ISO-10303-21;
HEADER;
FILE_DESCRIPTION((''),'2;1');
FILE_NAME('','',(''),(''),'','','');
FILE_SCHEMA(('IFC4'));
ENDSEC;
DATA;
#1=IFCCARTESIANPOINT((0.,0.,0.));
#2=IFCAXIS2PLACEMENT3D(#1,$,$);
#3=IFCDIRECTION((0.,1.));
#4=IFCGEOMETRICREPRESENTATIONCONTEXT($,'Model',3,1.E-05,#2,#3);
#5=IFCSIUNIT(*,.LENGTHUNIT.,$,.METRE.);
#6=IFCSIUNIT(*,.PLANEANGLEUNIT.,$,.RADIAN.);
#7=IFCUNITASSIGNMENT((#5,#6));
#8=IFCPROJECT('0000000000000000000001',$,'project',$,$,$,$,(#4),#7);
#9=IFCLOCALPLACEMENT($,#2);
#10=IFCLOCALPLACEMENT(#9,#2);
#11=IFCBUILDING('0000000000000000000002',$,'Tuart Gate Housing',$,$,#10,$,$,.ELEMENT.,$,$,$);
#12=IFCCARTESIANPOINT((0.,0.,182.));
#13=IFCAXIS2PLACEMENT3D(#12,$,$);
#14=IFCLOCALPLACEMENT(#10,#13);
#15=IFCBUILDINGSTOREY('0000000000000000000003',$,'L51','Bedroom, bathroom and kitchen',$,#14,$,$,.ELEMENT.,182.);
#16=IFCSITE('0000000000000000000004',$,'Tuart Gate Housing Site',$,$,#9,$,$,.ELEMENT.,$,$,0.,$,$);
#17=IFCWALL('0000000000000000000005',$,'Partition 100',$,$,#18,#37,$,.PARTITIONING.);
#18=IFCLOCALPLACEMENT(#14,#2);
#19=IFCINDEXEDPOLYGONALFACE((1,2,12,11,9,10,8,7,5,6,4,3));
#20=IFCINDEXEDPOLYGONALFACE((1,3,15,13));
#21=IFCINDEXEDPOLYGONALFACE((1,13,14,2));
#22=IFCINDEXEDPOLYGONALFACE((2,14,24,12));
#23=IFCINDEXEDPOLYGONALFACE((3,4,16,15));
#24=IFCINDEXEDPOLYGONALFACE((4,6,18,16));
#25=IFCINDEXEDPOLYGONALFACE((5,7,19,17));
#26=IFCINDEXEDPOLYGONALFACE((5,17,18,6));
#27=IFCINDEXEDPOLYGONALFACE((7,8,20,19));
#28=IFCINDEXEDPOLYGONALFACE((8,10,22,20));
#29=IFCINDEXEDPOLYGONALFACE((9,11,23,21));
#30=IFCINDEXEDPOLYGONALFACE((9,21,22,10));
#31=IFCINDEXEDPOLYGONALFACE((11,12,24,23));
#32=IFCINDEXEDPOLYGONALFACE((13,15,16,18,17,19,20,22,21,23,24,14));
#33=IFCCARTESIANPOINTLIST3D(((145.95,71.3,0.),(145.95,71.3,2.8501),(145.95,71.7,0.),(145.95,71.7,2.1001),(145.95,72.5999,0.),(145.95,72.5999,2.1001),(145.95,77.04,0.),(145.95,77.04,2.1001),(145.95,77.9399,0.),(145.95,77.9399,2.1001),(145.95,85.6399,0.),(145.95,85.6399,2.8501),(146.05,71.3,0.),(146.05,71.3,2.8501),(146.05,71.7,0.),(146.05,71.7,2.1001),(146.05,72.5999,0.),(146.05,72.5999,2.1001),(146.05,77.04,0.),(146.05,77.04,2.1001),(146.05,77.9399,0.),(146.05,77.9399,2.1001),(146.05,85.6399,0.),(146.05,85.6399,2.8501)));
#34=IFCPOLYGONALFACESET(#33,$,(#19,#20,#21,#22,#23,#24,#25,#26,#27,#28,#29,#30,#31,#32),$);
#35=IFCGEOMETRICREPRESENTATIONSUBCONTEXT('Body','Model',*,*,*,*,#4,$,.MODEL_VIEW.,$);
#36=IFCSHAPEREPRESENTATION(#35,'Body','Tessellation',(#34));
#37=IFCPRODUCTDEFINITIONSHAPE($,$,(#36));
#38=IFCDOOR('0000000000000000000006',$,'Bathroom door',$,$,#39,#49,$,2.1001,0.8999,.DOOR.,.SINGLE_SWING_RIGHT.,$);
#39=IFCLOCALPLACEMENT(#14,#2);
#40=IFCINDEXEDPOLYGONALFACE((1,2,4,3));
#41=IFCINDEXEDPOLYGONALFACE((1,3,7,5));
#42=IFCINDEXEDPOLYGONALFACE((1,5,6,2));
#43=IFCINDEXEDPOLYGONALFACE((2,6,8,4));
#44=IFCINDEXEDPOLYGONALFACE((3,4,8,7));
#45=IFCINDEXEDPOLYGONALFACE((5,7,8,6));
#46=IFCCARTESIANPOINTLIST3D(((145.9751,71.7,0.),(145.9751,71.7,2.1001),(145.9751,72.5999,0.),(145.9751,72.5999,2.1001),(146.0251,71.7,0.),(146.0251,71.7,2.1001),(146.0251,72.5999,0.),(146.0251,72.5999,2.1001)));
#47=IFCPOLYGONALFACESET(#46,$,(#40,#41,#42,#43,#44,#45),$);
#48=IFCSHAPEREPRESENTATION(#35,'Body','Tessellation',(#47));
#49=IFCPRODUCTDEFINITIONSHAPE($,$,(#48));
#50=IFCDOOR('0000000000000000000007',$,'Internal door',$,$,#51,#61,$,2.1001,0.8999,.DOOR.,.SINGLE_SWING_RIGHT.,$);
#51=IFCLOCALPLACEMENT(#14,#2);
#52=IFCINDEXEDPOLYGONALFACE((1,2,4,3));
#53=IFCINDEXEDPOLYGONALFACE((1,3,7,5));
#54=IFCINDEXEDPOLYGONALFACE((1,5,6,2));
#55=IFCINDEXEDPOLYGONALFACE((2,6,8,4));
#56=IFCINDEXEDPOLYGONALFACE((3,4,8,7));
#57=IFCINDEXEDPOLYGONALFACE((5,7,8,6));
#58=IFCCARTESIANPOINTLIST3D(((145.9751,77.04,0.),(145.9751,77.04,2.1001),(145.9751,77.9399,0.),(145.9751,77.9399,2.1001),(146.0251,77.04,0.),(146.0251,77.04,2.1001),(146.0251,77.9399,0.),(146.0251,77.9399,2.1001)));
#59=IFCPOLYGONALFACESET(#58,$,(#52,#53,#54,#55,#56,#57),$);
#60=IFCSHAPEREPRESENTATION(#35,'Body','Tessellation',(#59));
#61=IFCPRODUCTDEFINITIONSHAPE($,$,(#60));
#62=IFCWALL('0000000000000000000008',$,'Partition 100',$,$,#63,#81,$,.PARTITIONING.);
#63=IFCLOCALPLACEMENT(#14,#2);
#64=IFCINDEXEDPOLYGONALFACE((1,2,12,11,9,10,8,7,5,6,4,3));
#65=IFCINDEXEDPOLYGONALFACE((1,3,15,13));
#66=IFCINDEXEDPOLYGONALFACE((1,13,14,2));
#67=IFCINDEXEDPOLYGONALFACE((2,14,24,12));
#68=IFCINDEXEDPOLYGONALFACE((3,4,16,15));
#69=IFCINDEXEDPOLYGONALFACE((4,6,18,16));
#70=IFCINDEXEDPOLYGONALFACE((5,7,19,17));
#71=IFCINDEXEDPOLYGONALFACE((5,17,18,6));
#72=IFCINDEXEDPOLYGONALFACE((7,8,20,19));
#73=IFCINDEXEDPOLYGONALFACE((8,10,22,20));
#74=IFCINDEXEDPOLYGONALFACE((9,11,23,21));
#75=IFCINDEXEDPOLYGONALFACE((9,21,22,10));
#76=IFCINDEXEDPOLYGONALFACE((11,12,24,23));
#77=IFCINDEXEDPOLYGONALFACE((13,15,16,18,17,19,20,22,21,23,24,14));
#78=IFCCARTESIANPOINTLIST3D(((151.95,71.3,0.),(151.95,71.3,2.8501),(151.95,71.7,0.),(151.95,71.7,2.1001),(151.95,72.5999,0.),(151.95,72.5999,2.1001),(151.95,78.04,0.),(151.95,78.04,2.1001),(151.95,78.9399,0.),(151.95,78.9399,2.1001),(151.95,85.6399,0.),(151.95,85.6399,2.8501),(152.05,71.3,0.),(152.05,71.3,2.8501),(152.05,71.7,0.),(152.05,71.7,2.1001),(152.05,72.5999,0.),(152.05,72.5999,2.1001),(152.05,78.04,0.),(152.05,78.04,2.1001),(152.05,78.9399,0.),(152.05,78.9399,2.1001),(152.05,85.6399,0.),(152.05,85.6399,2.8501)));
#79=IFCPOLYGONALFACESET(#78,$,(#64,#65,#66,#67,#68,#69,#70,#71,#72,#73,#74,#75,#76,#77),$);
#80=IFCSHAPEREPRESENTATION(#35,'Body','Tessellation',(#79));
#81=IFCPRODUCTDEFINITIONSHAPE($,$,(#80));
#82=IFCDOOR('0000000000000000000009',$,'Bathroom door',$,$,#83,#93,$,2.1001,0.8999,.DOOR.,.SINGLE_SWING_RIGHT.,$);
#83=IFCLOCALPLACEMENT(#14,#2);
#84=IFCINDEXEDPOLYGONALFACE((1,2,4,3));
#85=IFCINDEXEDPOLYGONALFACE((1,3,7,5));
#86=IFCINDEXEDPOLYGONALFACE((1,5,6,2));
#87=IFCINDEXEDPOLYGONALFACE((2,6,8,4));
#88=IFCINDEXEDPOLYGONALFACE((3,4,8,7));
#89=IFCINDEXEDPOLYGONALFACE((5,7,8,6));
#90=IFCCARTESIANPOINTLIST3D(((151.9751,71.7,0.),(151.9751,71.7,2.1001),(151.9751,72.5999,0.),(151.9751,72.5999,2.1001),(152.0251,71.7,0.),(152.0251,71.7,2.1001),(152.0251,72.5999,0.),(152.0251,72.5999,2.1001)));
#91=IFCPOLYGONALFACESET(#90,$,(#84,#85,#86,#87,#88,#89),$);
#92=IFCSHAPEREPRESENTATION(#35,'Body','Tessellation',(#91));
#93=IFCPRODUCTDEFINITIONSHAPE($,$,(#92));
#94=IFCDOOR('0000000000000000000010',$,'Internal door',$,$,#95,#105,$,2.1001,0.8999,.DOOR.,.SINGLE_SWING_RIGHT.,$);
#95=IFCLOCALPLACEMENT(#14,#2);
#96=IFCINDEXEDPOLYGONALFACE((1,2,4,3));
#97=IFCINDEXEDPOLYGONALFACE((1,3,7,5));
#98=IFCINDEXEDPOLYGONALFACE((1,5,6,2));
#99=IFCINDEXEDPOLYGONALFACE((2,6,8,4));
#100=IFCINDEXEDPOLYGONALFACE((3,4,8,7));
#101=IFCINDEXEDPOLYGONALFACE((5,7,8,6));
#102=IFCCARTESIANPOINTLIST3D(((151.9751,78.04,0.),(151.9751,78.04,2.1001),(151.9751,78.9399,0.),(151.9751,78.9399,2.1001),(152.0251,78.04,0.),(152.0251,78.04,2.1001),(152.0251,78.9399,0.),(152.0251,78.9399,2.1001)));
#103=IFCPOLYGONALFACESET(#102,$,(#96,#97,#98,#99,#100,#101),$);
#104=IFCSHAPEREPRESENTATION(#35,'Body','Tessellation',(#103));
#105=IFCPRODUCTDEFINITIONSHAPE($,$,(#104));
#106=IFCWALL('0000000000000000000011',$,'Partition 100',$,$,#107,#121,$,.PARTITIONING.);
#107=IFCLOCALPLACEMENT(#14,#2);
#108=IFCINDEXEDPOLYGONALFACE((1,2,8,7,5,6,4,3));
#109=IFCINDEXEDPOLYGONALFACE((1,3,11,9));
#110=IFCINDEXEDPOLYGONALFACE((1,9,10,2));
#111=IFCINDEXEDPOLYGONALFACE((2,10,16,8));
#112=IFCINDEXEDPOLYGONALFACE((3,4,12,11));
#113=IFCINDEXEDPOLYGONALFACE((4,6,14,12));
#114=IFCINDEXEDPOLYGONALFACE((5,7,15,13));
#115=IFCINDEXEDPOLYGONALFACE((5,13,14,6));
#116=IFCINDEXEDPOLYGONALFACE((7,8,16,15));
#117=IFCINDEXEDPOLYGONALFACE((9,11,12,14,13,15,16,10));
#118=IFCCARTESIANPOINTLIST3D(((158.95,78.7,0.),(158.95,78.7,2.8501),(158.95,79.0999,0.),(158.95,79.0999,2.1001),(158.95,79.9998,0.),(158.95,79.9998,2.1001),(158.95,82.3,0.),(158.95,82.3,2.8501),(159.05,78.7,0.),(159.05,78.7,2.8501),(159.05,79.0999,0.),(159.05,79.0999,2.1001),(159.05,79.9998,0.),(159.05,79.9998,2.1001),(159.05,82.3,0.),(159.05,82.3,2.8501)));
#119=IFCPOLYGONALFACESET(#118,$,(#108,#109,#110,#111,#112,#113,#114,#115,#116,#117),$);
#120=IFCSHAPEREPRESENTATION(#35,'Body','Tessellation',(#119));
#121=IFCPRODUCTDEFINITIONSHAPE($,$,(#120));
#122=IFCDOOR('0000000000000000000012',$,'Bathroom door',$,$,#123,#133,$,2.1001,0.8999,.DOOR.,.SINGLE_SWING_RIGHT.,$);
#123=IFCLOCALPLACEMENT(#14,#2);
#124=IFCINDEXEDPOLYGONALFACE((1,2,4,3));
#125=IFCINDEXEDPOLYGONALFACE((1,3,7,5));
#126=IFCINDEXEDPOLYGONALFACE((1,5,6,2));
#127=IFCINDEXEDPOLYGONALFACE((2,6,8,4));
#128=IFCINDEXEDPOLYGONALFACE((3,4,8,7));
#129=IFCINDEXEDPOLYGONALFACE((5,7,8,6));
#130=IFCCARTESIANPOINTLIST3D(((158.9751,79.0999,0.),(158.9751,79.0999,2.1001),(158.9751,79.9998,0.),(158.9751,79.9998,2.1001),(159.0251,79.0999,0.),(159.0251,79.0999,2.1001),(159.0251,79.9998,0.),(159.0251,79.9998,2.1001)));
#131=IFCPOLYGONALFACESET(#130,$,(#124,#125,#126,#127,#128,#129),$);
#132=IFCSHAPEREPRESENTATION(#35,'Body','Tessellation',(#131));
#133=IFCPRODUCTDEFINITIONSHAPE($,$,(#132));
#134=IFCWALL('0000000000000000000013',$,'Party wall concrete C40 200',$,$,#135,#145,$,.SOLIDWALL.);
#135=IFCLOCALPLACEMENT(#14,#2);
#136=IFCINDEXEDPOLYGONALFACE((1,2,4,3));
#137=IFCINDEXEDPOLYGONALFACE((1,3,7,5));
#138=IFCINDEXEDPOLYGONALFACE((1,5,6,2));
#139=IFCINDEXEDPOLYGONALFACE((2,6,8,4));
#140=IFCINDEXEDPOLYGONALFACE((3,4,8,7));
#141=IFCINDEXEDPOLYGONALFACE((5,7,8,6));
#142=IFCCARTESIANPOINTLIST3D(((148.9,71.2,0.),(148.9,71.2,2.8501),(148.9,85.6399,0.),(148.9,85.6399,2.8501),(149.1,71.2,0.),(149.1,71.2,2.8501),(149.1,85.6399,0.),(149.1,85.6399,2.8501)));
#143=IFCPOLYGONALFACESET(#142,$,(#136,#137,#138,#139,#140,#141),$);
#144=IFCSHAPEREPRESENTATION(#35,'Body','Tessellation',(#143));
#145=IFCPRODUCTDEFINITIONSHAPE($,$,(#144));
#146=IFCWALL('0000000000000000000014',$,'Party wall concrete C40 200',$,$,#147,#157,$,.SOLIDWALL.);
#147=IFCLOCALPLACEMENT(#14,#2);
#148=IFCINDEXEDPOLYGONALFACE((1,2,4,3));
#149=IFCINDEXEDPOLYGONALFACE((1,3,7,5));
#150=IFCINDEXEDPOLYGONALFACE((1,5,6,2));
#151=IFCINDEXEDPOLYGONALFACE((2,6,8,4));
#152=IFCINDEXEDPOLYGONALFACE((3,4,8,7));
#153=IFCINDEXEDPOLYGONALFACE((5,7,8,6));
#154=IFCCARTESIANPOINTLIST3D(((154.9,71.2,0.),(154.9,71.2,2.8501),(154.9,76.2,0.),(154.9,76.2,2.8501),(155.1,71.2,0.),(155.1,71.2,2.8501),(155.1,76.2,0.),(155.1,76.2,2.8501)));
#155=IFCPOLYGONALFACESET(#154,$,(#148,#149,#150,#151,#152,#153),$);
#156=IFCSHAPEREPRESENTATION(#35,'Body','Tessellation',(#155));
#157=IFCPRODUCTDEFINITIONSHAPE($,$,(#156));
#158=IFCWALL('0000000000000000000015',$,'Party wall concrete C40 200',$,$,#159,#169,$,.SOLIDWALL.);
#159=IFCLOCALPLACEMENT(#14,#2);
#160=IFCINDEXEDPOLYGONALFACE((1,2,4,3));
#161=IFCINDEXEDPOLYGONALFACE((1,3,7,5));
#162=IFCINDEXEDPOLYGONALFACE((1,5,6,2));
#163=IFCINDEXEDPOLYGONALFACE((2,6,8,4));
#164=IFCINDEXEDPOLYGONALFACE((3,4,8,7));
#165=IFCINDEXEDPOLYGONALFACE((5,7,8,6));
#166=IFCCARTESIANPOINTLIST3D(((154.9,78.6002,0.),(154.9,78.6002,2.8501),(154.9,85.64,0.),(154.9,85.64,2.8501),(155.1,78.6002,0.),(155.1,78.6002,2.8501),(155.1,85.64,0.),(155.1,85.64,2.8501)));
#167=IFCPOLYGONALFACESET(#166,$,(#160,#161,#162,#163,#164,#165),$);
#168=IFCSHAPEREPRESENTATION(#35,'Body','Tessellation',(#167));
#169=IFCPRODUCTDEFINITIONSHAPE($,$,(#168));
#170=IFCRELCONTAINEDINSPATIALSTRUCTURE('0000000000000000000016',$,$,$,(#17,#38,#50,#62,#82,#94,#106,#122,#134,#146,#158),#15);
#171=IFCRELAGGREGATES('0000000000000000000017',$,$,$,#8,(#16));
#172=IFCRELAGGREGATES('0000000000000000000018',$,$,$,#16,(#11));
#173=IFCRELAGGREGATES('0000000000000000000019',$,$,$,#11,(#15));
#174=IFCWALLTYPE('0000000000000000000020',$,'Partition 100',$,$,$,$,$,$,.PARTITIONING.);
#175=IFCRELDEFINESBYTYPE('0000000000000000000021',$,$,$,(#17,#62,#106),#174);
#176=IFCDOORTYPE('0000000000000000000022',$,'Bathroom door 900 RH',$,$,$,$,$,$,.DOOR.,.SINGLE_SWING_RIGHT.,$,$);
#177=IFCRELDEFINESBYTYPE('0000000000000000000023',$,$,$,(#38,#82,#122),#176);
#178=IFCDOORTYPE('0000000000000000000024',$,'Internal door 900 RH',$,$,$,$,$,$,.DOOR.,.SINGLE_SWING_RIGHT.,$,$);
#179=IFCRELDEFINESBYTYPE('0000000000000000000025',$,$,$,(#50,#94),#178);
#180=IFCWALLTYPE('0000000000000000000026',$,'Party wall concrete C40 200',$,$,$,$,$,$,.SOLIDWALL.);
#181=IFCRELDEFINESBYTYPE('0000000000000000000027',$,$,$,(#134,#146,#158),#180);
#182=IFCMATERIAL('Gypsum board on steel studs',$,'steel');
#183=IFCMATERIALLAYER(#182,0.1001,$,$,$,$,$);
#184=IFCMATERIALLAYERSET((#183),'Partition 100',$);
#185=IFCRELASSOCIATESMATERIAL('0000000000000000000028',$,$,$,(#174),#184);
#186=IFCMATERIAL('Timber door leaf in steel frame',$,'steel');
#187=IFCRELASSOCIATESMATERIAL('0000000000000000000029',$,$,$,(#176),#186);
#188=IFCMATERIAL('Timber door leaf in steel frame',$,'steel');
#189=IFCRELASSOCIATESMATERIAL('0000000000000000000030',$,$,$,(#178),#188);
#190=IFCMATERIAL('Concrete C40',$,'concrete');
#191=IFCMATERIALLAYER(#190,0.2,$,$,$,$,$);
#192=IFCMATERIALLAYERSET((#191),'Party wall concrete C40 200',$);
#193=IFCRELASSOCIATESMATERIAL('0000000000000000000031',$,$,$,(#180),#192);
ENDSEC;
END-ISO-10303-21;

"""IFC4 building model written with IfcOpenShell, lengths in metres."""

from ifc_helpers import new_model, si_unit, direction, frame, frame_2d, origin, place, context, subcontext, project, spatial, rectangle, extrude, material, layer, layer_set, type_object, element, fill, save


model = new_model("IFC4")

# Units and contexts
model_context = context("Model", 3, precision=1e-05, world=origin(), true_north=direction((0.0, 1.0)))
body_context = subcontext(model_context, "Body", "Model", "MODEL_VIEW")
ifc_project = project(units=[si_unit("LENGTHUNIT", "METRE"), si_unit("PLANEANGLEUNIT", "RADIAN")], contexts=[model_context])

# Site, building, storey
site_placement = place(None, origin())
site = spatial("IfcSite", under=ifc_project, at=site_placement, Name="Tuart Gate Housing Site", CompositionType="ELEMENT", RefElevation=0.0)
building_placement = place(site_placement, origin())
building = spatial("IfcBuilding", under=site, at=building_placement, Name="Tuart Gate Housing", CompositionType="ELEMENT")
storey_placement = place(building_placement, frame((0.0, 0.0, 182.0)))
storey = spatial("IfcBuildingStorey", under=building, at=storey_placement, Name="L51", Description="Bedroom, bathroom and kitchen", CompositionType="ELEMENT", Elevation=182.0)

# Shared definitions
ifc_material_1 = material(Name="Gypsum board on steel studs", Category="steel")
ifc_layer_1 = layer(ifc_material_1, 0.1001)
ifc_layer_set_1 = layer_set([ifc_layer_1], Name="Partition 100")
wall_type_1 = type_object("IfcWallType", Name="Partition 100", PredefinedType="PARTITIONING", material=ifc_layer_set_1)

# Walls, openings, doors
wall_1_placement = place(storey_placement, frame((146.0, 71.3, 0.0), z_axis=(0.0, 0.0, 1.0), x_axis=(0.0, 1.0, 0.0)))
wall_1 = element("IfcWall", 1, at=wall_1_placement, inside=storey, type_object=wall_type_1, Name="Partition 100", PredefinedType="PARTITIONING", context=body_context, shape_type="SweptSolid", body=[
    extrude(rectangle(XDim=14.3398, YDim=0.1001, at=frame_2d((7.1699, 0.0))), origin(), (0.0, 0.0, 1.0), 2.8501),
])
opening_1_placement = place(wall_1_placement, frame((5.74, 0.0, 0.0)))
opening_1 = element("IfcOpeningElement", 2, at=opening_1_placement, cuts=wall_1, PredefinedType="OPENING", context=body_context, shape_type="SweptSolid", body=[
    extrude(rectangle(XDim=0.8999, YDim=2.1001, at=frame_2d((0.45, 1.05))), frame((0.0, 0.0601, 0.0), z_axis=(0.0, -1.0, 0.0), x_axis=(1.0, 0.0, 0.0)), (0.0, 0.0, 1.0), 0.1201),
])
opening_2_placement = place(wall_1_placement, frame((0.3999, 0.0, 0.0)))
opening_2 = element("IfcOpeningElement", 3, at=opening_2_placement, cuts=wall_1, PredefinedType="OPENING", context=body_context, shape_type="SweptSolid", body=[
    extrude(rectangle(XDim=0.8999, YDim=2.1001, at=frame_2d((0.45, 1.05))), frame((0.0, 0.0601, 0.0), z_axis=(0.0, -1.0, 0.0), x_axis=(1.0, 0.0, 0.0)), (0.0, 0.0, 1.0), 0.1201),
])
ifc_material_2 = material(Name="Timber door leaf in steel frame", Category="steel")
door_type_1 = type_object("IfcDoorType", Name="Bathroom door 900 RH", OperationType="SINGLE_SWING_RIGHT", PredefinedType="DOOR", material=ifc_material_2)
door_1_placement = place(opening_2_placement, frame((0.8999, 0.0, 0.0), z_axis=(0.0, 0.0, 1.0), x_axis=(-1.0, 0.0, 0.0)))
door_1 = element("IfcDoor", 4, at=door_1_placement, inside=storey, type_object=door_type_1, Name="Bathroom door", OperationType="SINGLE_SWING_RIGHT", OverallHeight=2.1001, OverallWidth=0.8999, PredefinedType="DOOR", context=body_context, shape_type="SweptSolid", body=[
    extrude(rectangle(XDim=0.8999, YDim=2.1001, at=frame_2d((0.45, 1.05))), frame((0.0, 0.0251, 0.0), z_axis=(0.0, -1.0, 0.0), x_axis=(1.0, 0.0, 0.0)), (0.0, 0.0, 1.0), 0.05),
])
fill(opening_2, door_1)
ifc_material_3 = material(Name="Timber door leaf in steel frame", Category="steel")
door_type_2 = type_object("IfcDoorType", Name="Internal door 900 RH", OperationType="SINGLE_SWING_RIGHT", PredefinedType="DOOR", material=ifc_material_3)
door_2_placement = place(opening_1_placement, frame((0.8999, 0.0, 0.0), z_axis=(0.0, 0.0, 1.0), x_axis=(-1.0, 0.0, 0.0)))
door_2 = element("IfcDoor", 5, at=door_2_placement, inside=storey, type_object=door_type_2, Name="Internal door", OperationType="SINGLE_SWING_RIGHT", OverallHeight=2.1001, OverallWidth=0.8999, PredefinedType="DOOR", context=body_context, shape_type="SweptSolid", body=[
    extrude(rectangle(XDim=0.8999, YDim=2.1001, at=frame_2d((0.45, 1.05))), frame((0.0, 0.0251, 0.0), z_axis=(0.0, -1.0, 0.0), x_axis=(1.0, 0.0, 0.0)), (0.0, 0.0, 1.0), 0.05),
])
fill(opening_1, door_2)
wall_2_placement = place(storey_placement, frame((152.0, 71.3, 0.0), z_axis=(0.0, 0.0, 1.0), x_axis=(0.0, 1.0, 0.0)))
wall_2 = element("IfcWall", 6, at=wall_2_placement, inside=storey, type_object=wall_type_1, Name="Partition 100", PredefinedType="PARTITIONING", context=body_context, shape_type="SweptSolid", body=[
    extrude(rectangle(XDim=14.3398, YDim=0.1001, at=frame_2d((7.1699, 0.0))), origin(), (0.0, 0.0, 1.0), 2.8501),
])
opening_3_placement = place(wall_2_placement, frame((6.74, 0.0, 0.0)))
opening_3 = element("IfcOpeningElement", 7, at=opening_3_placement, cuts=wall_2, PredefinedType="OPENING", context=body_context, shape_type="SweptSolid", body=[
    extrude(rectangle(XDim=0.8999, YDim=2.1001, at=frame_2d((0.45, 1.05))), frame((0.0, 0.0601, 0.0), z_axis=(0.0, -1.0, 0.0), x_axis=(1.0, 0.0, 0.0)), (0.0, 0.0, 1.0), 0.1201),
])
opening_4_placement = place(wall_2_placement, frame((0.3999, 0.0, 0.0)))
opening_4 = element("IfcOpeningElement", 8, at=opening_4_placement, cuts=wall_2, PredefinedType="OPENING", context=body_context, shape_type="SweptSolid", body=[
    extrude(rectangle(XDim=0.8999, YDim=2.1001, at=frame_2d((0.45, 1.05))), frame((0.0, 0.0601, 0.0), z_axis=(0.0, -1.0, 0.0), x_axis=(1.0, 0.0, 0.0)), (0.0, 0.0, 1.0), 0.1201),
])
door_3_placement = place(opening_4_placement, frame((0.8999, 0.0, 0.0), z_axis=(0.0, 0.0, 1.0), x_axis=(-1.0, 0.0, 0.0)))
door_3 = element("IfcDoor", 9, at=door_3_placement, inside=storey, type_object=door_type_1, Name="Bathroom door", OperationType="SINGLE_SWING_RIGHT", OverallHeight=2.1001, OverallWidth=0.8999, PredefinedType="DOOR", context=body_context, shape_type="SweptSolid", body=[
    extrude(rectangle(XDim=0.8999, YDim=2.1001, at=frame_2d((0.45, 1.05))), frame((0.0, 0.0251, 0.0), z_axis=(0.0, -1.0, 0.0), x_axis=(1.0, 0.0, 0.0)), (0.0, 0.0, 1.0), 0.05),
])
fill(opening_4, door_3)
door_4_placement = place(opening_3_placement, frame((0.8999, 0.0, 0.0), z_axis=(0.0, 0.0, 1.0), x_axis=(-1.0, 0.0, 0.0)))
door_4 = element("IfcDoor", 10, at=door_4_placement, inside=storey, type_object=door_type_2, Name="Internal door", OperationType="SINGLE_SWING_RIGHT", OverallHeight=2.1001, OverallWidth=0.8999, PredefinedType="DOOR", context=body_context, shape_type="SweptSolid", body=[
    extrude(rectangle(XDim=0.8999, YDim=2.1001, at=frame_2d((0.45, 1.05))), frame((0.0, 0.0251, 0.0), z_axis=(0.0, -1.0, 0.0), x_axis=(1.0, 0.0, 0.0)), (0.0, 0.0, 1.0), 0.05),
])
fill(opening_3, door_4)

# Wall, opening, door
wall_3_placement = place(storey_placement, frame((159.0, 78.7, 0.0), z_axis=(0.0, 0.0, 1.0), x_axis=(0.0, 1.0, 0.0)))
wall_3 = element("IfcWall", 11, at=wall_3_placement, inside=storey, type_object=wall_type_1, Name="Partition 100", PredefinedType="PARTITIONING", context=body_context, shape_type="SweptSolid", body=[
    extrude(rectangle(XDim=3.6001, YDim=0.1001, at=frame_2d((1.8, 0.0))), origin(), (0.0, 0.0, 1.0), 2.8501),
])
opening_5_placement = place(wall_3_placement, frame((0.3999, 0.0, 0.0)))
opening_5 = element("IfcOpeningElement", 12, at=opening_5_placement, cuts=wall_3, PredefinedType="OPENING", context=body_context, shape_type="SweptSolid", body=[
    extrude(rectangle(XDim=0.8999, YDim=2.1001, at=frame_2d((0.45, 1.05))), frame((0.0, 0.0601, 0.0), z_axis=(0.0, -1.0, 0.0), x_axis=(1.0, 0.0, 0.0)), (0.0, 0.0, 1.0), 0.1201),
])
door_5_placement = place(opening_5_placement, frame((0.8999, 0.0, 0.0), z_axis=(0.0, 0.0, 1.0), x_axis=(-1.0, 0.0, 0.0)))
door_5 = element("IfcDoor", 13, at=door_5_placement, inside=storey, type_object=door_type_1, Name="Bathroom door", OperationType="SINGLE_SWING_RIGHT", OverallHeight=2.1001, OverallWidth=0.8999, PredefinedType="DOOR", context=body_context, shape_type="SweptSolid", body=[
    extrude(rectangle(XDim=0.8999, YDim=2.1001, at=frame_2d((0.45, 1.05))), frame((0.0, 0.0251, 0.0), z_axis=(0.0, -1.0, 0.0), x_axis=(1.0, 0.0, 0.0)), (0.0, 0.0, 1.0), 0.05),
])
fill(opening_5, door_5)

# Walls
ifc_material_4 = material(Name="Concrete C40", Category="concrete")
ifc_layer_2 = layer(ifc_material_4, 0.2)
ifc_layer_set_2 = layer_set([ifc_layer_2], Name="Party wall concrete C40 200")
wall_type_2 = type_object("IfcWallType", Name="Party wall concrete C40 200", PredefinedType="SOLIDWALL", material=ifc_layer_set_2)
wall_4_placement = place(storey_placement, frame((149.0, 71.2, 0.0), z_axis=(0.0, 0.0, 1.0), x_axis=(0.0, 1.0, 0.0)))
element("IfcWall", 14, at=wall_4_placement, inside=storey, type_object=wall_type_2, Name="Party wall concrete C40 200", PredefinedType="SOLIDWALL", context=body_context, shape_type="SweptSolid", body=[
    extrude(rectangle(XDim=14.4399, YDim=0.2, at=frame_2d((7.22, 0.0))), origin(), (0.0, 0.0, 1.0), 2.8501),
])
wall_5_placement = place(storey_placement, frame((155.0, 71.2, 0.0), z_axis=(0.0, 0.0, 1.0), x_axis=(0.0, 1.0, 0.0)))
element("IfcWall", 15, at=wall_5_placement, inside=storey, type_object=wall_type_2, Name="Party wall concrete C40 200", PredefinedType="SOLIDWALL", context=body_context, shape_type="SweptSolid", body=[
    extrude(rectangle(XDim=5.0, YDim=0.2, at=frame_2d((2.5, 0.0))), origin(), (0.0, 0.0, 1.0), 2.8501),
])
wall_6_placement = place(storey_placement, frame((155.0, 78.6001, 0.0), z_axis=(0.0, 0.0, 1.0), x_axis=(0.0, 1.0, 0.0)))
element("IfcWall", 16, at=wall_6_placement, inside=storey, type_object=wall_type_2, Name="Party wall concrete C40 200", PredefinedType="SOLIDWALL", context=body_context, shape_type="SweptSolid", body=[
    extrude(rectangle(XDim=7.0398, YDim=0.2, at=frame_2d((3.52, 0.0))), origin(), (0.0, 0.0, 1.0), 2.8501),
])

save(model, "model.ifc")
